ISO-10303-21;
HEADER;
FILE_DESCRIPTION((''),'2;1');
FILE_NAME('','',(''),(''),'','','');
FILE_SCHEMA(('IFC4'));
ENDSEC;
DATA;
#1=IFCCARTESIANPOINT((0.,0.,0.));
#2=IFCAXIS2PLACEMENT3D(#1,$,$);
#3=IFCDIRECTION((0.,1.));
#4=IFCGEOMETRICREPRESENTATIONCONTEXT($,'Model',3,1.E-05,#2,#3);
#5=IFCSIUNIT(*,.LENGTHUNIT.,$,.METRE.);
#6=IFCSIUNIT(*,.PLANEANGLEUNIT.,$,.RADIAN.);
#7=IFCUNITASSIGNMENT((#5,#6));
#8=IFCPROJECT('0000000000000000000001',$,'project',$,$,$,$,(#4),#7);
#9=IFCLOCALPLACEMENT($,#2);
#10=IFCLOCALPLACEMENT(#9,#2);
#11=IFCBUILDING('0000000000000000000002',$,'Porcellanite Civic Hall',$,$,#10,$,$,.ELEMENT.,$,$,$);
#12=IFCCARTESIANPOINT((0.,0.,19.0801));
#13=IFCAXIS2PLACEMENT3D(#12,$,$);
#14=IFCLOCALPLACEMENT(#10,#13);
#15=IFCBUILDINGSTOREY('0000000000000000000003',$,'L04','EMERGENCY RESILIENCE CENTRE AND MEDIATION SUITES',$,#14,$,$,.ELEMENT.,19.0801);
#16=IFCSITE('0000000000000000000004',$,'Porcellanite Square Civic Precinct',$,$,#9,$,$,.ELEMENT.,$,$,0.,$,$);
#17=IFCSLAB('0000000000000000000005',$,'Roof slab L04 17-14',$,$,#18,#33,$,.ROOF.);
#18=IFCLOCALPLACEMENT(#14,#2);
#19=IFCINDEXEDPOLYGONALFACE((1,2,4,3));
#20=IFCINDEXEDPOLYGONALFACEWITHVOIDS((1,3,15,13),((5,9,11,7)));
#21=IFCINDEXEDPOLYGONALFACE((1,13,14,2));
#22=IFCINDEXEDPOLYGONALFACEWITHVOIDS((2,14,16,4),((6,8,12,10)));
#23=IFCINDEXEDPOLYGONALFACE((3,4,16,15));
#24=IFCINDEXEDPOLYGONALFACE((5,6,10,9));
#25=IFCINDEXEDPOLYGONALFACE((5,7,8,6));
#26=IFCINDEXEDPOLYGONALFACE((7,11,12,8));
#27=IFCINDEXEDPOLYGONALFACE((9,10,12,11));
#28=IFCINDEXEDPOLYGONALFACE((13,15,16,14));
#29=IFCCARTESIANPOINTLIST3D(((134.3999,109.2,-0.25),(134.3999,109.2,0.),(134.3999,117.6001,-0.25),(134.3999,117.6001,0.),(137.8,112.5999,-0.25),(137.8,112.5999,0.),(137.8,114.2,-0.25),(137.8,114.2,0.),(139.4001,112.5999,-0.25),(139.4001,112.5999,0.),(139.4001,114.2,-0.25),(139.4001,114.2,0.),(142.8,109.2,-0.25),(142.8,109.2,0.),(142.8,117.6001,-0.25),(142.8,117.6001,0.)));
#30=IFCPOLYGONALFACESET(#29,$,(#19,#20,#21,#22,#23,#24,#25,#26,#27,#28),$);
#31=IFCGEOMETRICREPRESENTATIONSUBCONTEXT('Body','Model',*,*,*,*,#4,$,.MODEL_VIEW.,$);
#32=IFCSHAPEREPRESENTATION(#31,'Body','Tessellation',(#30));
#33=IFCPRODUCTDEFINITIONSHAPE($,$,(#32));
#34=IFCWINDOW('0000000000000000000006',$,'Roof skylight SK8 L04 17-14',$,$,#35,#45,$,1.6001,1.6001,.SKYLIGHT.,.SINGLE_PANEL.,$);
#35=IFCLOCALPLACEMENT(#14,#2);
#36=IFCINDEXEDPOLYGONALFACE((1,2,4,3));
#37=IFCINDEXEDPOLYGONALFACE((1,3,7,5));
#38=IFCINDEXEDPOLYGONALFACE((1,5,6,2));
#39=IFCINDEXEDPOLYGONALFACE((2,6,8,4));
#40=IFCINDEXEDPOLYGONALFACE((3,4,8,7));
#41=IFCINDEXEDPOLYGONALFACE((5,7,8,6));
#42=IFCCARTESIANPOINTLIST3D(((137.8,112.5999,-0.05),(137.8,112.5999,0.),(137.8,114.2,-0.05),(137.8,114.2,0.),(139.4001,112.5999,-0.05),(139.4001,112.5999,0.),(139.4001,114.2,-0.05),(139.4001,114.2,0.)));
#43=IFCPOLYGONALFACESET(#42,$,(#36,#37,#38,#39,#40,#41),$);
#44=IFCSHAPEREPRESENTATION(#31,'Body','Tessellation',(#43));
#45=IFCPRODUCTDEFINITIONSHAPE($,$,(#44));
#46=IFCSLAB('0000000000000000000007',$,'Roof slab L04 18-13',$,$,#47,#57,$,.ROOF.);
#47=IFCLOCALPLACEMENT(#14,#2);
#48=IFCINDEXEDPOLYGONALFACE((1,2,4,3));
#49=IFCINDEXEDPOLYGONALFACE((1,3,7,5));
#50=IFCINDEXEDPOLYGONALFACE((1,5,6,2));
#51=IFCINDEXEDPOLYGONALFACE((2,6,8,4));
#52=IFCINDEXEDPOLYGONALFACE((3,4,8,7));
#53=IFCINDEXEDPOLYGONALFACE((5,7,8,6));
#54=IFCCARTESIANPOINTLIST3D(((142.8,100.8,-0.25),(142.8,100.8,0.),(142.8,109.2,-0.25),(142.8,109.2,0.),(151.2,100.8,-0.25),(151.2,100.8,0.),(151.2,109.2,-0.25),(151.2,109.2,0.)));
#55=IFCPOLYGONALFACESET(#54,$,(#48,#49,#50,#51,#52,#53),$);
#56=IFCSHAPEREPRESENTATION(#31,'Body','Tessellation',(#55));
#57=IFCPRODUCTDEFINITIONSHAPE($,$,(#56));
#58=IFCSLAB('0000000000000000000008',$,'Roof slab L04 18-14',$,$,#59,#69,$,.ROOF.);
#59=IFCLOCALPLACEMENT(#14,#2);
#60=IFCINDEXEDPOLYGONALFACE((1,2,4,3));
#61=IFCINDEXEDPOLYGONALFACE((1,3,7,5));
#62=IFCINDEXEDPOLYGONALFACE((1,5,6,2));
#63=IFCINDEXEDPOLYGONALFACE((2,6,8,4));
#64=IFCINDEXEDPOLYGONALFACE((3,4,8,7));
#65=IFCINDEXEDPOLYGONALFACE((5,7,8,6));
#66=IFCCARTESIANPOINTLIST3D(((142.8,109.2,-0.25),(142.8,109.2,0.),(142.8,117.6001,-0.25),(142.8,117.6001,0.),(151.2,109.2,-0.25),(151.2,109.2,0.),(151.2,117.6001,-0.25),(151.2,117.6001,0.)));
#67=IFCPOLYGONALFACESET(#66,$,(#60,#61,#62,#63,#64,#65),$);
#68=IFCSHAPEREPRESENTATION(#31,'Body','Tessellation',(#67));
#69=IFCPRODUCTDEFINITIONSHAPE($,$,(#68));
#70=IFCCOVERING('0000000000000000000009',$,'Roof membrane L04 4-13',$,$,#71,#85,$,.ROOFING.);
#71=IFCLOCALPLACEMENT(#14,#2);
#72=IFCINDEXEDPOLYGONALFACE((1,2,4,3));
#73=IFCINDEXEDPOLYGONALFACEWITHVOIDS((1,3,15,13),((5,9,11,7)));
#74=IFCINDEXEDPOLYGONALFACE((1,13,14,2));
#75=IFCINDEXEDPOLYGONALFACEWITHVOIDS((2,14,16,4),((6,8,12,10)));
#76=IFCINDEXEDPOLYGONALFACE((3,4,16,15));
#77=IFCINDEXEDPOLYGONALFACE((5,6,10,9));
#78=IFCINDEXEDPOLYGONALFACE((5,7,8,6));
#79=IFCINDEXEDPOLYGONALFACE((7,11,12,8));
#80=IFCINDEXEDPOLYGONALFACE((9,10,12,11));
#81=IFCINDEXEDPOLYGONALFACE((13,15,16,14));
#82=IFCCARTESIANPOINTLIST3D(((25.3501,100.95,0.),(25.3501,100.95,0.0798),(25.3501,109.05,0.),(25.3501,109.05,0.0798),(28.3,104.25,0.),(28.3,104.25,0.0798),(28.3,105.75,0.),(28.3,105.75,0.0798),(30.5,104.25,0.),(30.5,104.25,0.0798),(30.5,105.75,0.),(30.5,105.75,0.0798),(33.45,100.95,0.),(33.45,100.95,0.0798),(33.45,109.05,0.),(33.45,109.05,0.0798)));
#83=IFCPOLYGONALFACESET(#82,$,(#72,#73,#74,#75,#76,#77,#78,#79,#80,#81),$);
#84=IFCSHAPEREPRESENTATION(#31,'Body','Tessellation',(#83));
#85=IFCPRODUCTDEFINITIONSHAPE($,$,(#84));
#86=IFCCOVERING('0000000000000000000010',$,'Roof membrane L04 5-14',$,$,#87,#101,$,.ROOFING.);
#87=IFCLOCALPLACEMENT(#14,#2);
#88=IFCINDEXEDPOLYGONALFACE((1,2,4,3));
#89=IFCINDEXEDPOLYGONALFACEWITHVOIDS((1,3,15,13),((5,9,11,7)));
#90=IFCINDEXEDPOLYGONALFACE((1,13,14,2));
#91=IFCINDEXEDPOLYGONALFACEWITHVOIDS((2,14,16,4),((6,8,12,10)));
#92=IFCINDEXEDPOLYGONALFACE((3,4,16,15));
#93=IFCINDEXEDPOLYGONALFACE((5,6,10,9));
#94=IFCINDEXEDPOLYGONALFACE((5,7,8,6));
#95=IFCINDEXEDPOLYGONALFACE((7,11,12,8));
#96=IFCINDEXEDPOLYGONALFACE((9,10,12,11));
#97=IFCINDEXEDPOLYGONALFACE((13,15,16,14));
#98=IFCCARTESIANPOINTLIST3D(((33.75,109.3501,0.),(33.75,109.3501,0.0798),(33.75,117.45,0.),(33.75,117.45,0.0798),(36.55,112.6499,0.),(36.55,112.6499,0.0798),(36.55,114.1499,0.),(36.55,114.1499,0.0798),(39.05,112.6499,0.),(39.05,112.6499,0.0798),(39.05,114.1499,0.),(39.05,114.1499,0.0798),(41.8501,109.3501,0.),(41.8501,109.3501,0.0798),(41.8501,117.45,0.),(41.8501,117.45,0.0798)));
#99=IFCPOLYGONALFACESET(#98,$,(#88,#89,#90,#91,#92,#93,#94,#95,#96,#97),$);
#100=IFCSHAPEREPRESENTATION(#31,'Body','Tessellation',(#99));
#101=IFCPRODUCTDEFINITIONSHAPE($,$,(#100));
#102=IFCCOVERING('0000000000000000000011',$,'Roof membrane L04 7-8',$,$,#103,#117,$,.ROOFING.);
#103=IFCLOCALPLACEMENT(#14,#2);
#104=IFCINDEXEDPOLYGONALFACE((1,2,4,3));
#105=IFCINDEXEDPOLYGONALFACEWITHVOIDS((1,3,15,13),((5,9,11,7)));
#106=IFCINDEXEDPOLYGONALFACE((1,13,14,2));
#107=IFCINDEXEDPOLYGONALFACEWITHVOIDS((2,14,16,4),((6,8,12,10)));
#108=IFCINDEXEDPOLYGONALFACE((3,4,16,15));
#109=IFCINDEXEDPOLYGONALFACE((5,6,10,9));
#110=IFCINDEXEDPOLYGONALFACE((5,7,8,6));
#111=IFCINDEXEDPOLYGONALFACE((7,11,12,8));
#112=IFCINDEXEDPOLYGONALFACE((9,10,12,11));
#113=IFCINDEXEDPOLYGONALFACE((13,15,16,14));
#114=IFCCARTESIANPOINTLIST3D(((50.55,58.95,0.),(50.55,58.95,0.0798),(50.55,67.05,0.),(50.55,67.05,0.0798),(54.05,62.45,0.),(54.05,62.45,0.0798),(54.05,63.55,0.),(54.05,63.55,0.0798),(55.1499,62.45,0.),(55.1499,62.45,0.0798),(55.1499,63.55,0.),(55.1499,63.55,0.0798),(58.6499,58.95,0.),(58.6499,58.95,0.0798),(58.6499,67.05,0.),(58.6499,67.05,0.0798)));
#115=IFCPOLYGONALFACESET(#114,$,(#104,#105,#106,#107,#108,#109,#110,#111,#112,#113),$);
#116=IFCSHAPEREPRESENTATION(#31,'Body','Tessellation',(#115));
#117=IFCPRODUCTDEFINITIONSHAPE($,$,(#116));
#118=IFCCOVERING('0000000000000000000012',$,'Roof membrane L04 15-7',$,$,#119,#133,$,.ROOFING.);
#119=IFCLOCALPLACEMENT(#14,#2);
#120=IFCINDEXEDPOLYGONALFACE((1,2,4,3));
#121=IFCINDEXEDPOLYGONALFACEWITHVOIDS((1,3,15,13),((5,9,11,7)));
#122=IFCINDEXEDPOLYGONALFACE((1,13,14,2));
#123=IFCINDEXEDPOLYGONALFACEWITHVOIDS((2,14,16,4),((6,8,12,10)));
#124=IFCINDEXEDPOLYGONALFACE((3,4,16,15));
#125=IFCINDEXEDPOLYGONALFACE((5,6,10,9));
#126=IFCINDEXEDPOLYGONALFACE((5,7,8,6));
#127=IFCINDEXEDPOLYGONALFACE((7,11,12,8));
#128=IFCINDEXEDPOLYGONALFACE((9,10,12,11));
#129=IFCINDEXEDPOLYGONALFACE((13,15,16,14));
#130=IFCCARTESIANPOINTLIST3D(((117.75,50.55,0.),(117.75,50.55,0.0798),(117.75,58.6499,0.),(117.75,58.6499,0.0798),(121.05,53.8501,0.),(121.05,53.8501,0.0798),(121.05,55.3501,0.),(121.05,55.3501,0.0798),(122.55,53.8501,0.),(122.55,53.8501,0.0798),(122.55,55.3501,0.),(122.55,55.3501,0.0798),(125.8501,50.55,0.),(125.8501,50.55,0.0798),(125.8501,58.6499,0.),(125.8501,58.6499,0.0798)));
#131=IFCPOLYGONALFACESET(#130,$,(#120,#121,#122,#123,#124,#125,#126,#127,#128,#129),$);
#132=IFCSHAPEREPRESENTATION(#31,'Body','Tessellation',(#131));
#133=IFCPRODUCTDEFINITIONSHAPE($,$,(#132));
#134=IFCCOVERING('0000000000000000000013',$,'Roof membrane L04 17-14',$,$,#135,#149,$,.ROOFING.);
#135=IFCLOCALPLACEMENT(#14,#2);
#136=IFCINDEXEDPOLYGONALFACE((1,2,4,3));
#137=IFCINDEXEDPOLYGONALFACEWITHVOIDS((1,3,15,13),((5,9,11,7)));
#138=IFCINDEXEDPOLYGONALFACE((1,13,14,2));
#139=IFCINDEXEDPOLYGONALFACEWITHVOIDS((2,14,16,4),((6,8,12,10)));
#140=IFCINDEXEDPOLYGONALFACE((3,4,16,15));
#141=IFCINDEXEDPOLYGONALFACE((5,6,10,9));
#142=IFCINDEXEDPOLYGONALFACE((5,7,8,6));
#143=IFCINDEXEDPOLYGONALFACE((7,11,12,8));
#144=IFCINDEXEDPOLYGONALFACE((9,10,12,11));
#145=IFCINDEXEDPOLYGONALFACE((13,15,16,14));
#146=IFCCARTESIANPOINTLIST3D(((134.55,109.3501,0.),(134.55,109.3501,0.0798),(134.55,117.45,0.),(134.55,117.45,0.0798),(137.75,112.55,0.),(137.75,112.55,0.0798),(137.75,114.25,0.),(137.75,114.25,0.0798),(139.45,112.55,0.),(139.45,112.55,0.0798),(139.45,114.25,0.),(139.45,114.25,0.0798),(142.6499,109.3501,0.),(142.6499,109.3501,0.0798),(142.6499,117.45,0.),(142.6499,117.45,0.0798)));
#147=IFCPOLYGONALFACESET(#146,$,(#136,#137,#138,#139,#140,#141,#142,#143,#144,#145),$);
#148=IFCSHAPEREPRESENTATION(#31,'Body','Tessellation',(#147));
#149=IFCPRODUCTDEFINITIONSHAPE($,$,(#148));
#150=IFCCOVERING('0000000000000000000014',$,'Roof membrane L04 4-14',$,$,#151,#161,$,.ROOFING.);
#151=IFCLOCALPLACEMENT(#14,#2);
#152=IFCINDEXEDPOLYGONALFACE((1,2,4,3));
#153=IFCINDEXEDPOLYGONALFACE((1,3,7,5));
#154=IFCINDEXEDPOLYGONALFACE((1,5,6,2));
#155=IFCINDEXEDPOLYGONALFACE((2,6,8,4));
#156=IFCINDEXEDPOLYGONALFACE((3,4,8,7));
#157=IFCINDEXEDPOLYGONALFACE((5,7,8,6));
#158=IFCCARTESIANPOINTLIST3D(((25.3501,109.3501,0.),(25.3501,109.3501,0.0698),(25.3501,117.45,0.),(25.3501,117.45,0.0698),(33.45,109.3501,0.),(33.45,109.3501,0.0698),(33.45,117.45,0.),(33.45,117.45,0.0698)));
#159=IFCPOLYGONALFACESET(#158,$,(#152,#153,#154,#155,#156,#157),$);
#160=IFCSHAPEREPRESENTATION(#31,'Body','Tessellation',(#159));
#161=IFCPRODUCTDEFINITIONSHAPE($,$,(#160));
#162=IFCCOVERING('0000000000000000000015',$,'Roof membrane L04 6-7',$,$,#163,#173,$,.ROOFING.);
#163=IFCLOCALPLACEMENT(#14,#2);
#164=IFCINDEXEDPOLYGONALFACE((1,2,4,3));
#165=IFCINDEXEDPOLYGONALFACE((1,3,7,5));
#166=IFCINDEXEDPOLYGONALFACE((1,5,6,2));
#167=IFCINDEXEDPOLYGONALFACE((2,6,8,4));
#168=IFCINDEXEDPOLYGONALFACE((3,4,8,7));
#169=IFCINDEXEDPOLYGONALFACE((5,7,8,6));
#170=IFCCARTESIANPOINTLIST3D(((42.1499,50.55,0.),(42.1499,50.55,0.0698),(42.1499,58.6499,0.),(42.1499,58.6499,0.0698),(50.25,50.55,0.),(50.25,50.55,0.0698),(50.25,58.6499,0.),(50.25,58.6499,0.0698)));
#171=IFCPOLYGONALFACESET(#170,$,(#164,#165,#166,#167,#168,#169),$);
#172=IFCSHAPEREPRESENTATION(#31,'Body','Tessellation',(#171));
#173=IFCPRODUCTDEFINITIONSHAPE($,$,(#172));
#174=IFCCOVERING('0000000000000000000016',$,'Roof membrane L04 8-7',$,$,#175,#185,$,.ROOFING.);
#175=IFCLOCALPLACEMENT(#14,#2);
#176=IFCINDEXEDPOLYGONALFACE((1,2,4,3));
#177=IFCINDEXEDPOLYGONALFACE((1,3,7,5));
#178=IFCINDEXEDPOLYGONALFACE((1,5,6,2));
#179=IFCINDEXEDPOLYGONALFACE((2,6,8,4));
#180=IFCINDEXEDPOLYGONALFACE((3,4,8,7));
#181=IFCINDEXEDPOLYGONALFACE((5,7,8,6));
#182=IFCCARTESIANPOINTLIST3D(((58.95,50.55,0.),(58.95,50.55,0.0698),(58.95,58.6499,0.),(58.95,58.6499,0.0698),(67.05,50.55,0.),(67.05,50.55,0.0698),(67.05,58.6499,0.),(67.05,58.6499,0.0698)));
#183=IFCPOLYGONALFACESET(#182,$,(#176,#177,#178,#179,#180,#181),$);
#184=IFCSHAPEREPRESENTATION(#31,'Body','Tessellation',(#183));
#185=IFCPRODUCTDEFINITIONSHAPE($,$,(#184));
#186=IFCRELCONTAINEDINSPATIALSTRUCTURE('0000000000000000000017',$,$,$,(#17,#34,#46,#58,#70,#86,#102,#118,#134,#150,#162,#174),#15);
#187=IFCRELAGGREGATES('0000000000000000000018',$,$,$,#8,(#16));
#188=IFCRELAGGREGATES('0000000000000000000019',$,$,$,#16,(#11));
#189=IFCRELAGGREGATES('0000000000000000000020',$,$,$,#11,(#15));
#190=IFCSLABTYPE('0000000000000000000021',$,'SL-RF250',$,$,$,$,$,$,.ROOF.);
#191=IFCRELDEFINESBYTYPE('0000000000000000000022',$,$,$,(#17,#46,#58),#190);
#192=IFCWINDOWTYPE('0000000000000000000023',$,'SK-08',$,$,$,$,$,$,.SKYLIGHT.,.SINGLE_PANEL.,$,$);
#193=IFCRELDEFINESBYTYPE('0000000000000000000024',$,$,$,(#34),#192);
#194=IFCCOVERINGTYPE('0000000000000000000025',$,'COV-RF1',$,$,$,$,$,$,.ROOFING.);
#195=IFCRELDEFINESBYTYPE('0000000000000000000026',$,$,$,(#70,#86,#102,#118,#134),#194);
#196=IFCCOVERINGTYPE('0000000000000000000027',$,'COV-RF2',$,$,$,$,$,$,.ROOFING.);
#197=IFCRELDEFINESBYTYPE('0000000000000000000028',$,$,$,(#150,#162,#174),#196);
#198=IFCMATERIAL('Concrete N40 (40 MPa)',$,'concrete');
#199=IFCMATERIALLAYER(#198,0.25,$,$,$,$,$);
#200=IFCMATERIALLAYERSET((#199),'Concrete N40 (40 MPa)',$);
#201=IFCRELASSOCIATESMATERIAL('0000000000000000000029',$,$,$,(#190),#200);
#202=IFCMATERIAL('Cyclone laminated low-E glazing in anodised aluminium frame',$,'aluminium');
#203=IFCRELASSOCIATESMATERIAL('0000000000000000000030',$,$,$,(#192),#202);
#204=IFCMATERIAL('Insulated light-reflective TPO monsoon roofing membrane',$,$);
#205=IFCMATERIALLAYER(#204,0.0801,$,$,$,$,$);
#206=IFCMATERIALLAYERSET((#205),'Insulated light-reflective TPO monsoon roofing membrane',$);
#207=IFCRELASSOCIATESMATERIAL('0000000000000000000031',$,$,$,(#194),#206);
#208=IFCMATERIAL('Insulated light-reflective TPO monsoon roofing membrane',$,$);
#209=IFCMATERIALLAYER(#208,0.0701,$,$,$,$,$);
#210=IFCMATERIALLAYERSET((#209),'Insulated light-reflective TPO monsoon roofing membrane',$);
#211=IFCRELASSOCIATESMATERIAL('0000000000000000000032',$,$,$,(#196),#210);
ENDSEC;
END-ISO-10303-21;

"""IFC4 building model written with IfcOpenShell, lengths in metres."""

from ifc_helpers import new_model, si_unit, direction, frame, origin, origin_2d, place, context, subcontext, project, spatial, polyline, rectangle, outline, extrude, material, layer, layer_set, type_object, element, fill, save


model = new_model("IFC4")

# Units and contexts
model_context = context("Model", 3, precision=1e-05, world=origin(), true_north=direction((0.0, 1.0)))
body_context = subcontext(model_context, "Body", "Model", "MODEL_VIEW")
ifc_project = project(units=[si_unit("LENGTHUNIT", "METRE"), si_unit("PLANEANGLEUNIT", "RADIAN")], contexts=[model_context])

# Site, building, storey
site_placement = place(None, origin())
site = spatial("IfcSite", under=ifc_project, at=site_placement, Name="Porcellanite Square Civic Precinct", CompositionType="ELEMENT", RefElevation=0.0)
building_placement = place(site_placement, origin())
building = spatial("IfcBuilding", under=site, at=building_placement, Name="Porcellanite Civic Hall", CompositionType="ELEMENT")
storey_placement = place(building_placement, frame((0.0, 0.0, 19.0801)))
storey = spatial("IfcBuildingStorey", under=building, at=storey_placement, Name="L04", Description="EMERGENCY RESILIENCE CENTRE AND MEDIATION SUITES", CompositionType="ELEMENT", Elevation=19.0801)

# Shared definitions
ifc_material_1 = material(Name="Concrete N40 (40 MPa)", Category="concrete")
ifc_layer_1 = layer(ifc_material_1, 0.25)
ifc_layer_set_1 = layer_set([ifc_layer_1], Name="Concrete N40 (40 MPa)")
slab_type_1 = type_object("IfcSlabType", Name="SL-RF250", PredefinedType="ROOF", material=ifc_layer_set_1)

# Slab, opening, window
slab_1_placement = place(storey_placement, frame((0.0, 0.0, -0.25)))
slab_1 = element("IfcSlab", 1, at=slab_1_placement, inside=storey, type_object=slab_type_1, Name="Roof slab L04 17-14", PredefinedType="ROOF", context=body_context, shape_type="SweptSolid", body=[
    extrude(outline(polyline([(134.3999, 109.2), (142.8, 109.2), (142.8, 117.6001), (134.3999, 117.6001), (134.3999, 109.2)])), origin(), (0.0, 0.0, 1.0), 0.25),
])
opening_1_placement = place(slab_1_placement, frame((138.6001, 113.3999, 0.0)))
opening_1 = element("IfcOpeningElement", 2, at=opening_1_placement, cuts=slab_1, PredefinedType="OPENING", context=body_context, shape_type="SweptSolid", body=[
    extrude(rectangle(XDim=1.6001, YDim=1.6001, at=origin_2d()), origin(), (0.0, 0.0, 1.0), 0.25),
])
ifc_material_2 = material(Name="Cyclone laminated low-E glazing in anodised aluminium frame", Category="aluminium")
window_type_1 = type_object("IfcWindowType", Name="SK-08", PartitioningType="SINGLE_PANEL", PredefinedType="SKYLIGHT", material=ifc_material_2)
window_1_placement = place(opening_1_placement, frame((0.0, 0.0, 0.2)))
window_1 = element("IfcWindow", 3, at=window_1_placement, inside=storey, type_object=window_type_1, Name="Roof skylight SK8 L04 17-14", OverallHeight=1.6001, OverallWidth=1.6001, PartitioningType="SINGLE_PANEL", PredefinedType="SKYLIGHT", context=body_context, shape_type="SweptSolid", body=[
    extrude(rectangle(XDim=1.6001, YDim=1.6001, at=origin_2d()), origin(), (0.0, 0.0, 1.0), 0.05),
])
fill(opening_1, window_1)

# Slabs
slab_2_placement = place(storey_placement, frame((0.0, 0.0, -0.25)))
element("IfcSlab", 4, at=slab_2_placement, inside=storey, type_object=slab_type_1, Name="Roof slab L04 18-13", PredefinedType="ROOF", context=body_context, shape_type="SweptSolid", body=[
    extrude(outline(polyline([(142.8, 100.8), (151.2, 100.8), (151.2, 109.2), (142.8, 109.2), (142.8, 100.8)])), origin(), (0.0, 0.0, 1.0), 0.25),
])
slab_3_placement = place(storey_placement, frame((0.0, 0.0, -0.25)))
element("IfcSlab", 5, at=slab_3_placement, inside=storey, type_object=slab_type_1, Name="Roof slab L04 18-14", PredefinedType="ROOF", context=body_context, shape_type="SweptSolid", body=[
    extrude(outline(polyline([(142.8, 109.2), (151.2, 109.2), (151.2, 117.6001), (142.8, 117.6001), (142.8, 109.2)])), origin(), (0.0, 0.0, 1.0), 0.25),
])

# Coverings
ifc_material_3 = material(Name="Insulated light-reflective TPO monsoon roofing membrane")
ifc_layer_2 = layer(ifc_material_3, 0.0801)
ifc_layer_set_2 = layer_set([ifc_layer_2], Name="Insulated light-reflective TPO monsoon roofing membrane")
covering_type_1 = type_object("IfcCoveringType", Name="COV-RF1", PredefinedType="ROOFING", material=ifc_layer_set_2)
covering_1_placement = place(storey_placement, origin())
element("IfcCovering", 6, at=covering_1_placement, inside=storey, type_object=covering_type_1, Name="Roof membrane L04 4-13", PredefinedType="ROOFING", context=body_context, shape_type="SweptSolid", body=[
    extrude(outline(polyline([(25.3501, 100.95), (33.45, 100.95), (33.45, 109.05), (25.3501, 109.05), (25.3501, 100.95)]), holes=[polyline([(28.3, 104.25), (30.5, 104.25), (30.5, 105.75), (28.3, 105.75), (28.3, 104.25)])]), origin(), (0.0, 0.0, 1.0), 0.0798),
])
covering_2_placement = place(storey_placement, origin())
element("IfcCovering", 7, at=covering_2_placement, inside=storey, type_object=covering_type_1, Name="Roof membrane L04 5-14", PredefinedType="ROOFING", context=body_context, shape_type="SweptSolid", body=[
    extrude(outline(polyline([(33.75, 109.3501), (41.8501, 109.3501), (41.8501, 117.45), (33.75, 117.45), (33.75, 109.3501)]), holes=[polyline([(36.55, 112.6499), (39.05, 112.6499), (39.05, 114.1499), (36.55, 114.1499), (36.55, 112.6499)])]), origin(), (0.0, 0.0, 1.0), 0.0798),
])
covering_3_placement = place(storey_placement, origin())
element("IfcCovering", 8, at=covering_3_placement, inside=storey, type_object=covering_type_1, Name="Roof membrane L04 7-8", PredefinedType="ROOFING", context=body_context, shape_type="SweptSolid", body=[
    extrude(outline(polyline([(50.55, 58.95), (58.6499, 58.95), (58.6499, 67.05), (50.55, 67.05), (50.55, 58.95)]), holes=[polyline([(54.05, 62.45), (55.1499, 62.45), (55.1499, 63.55), (54.05, 63.55), (54.05, 62.45)])]), origin(), (0.0, 0.0, 1.0), 0.0798),
])
covering_4_placement = place(storey_placement, origin())
element("IfcCovering", 9, at=covering_4_placement, inside=storey, type_object=covering_type_1, Name="Roof membrane L04 15-7", PredefinedType="ROOFING", context=body_context, shape_type="SweptSolid", body=[
    extrude(outline(polyline([(117.75, 50.55), (125.8501, 50.55), (125.8501, 58.6499), (117.75, 58.6499), (117.75, 50.55)]), holes=[polyline([(121.05, 53.8501), (122.55, 53.8501), (122.55, 55.3501), (121.05, 55.3501), (121.05, 53.8501)])]), origin(), (0.0, 0.0, 1.0), 0.0798),
])
covering_5_placement = place(storey_placement, origin())
element("IfcCovering", 10, at=covering_5_placement, inside=storey, type_object=covering_type_1, Name="Roof membrane L04 17-14", PredefinedType="ROOFING", context=body_context, shape_type="SweptSolid", body=[
    extrude(outline(polyline([(134.55, 109.3501), (142.6499, 109.3501), (142.6499, 117.45), (134.55, 117.45), (134.55, 109.3501)]), holes=[polyline([(137.75, 112.55), (139.45, 112.55), (139.45, 114.25), (137.75, 114.25), (137.75, 112.55)])]), origin(), (0.0, 0.0, 1.0), 0.0798),
])
ifc_material_4 = material(Name="Insulated light-reflective TPO monsoon roofing membrane")
ifc_layer_3 = layer(ifc_material_4, 0.0701)
ifc_layer_set_3 = layer_set([ifc_layer_3], Name="Insulated light-reflective TPO monsoon roofing membrane")
covering_type_2 = type_object("IfcCoveringType", Name="COV-RF2", PredefinedType="ROOFING", material=ifc_layer_set_3)
covering_6_placement = place(storey_placement, origin())
element("IfcCovering", 11, at=covering_6_placement, inside=storey, type_object=covering_type_2, Name="Roof membrane L04 4-14", PredefinedType="ROOFING", context=body_context, shape_type="SweptSolid", body=[
    extrude(outline(polyline([(25.3501, 109.3501), (33.45, 109.3501), (33.45, 117.45), (25.3501, 117.45), (25.3501, 109.3501)])), origin(), (0.0, 0.0, 1.0), 0.0698),
])
covering_7_placement = place(storey_placement, origin())
element("IfcCovering", 12, at=covering_7_placement, inside=storey, type_object=covering_type_2, Name="Roof membrane L04 6-7", PredefinedType="ROOFING", context=body_context, shape_type="SweptSolid", body=[
    extrude(outline(polyline([(42.1499, 50.55), (50.25, 50.55), (50.25, 58.6499), (42.1499, 58.6499), (42.1499, 50.55)])), origin(), (0.0, 0.0, 1.0), 0.0698),
])
covering_8_placement = place(storey_placement, origin())
element("IfcCovering", 13, at=covering_8_placement, inside=storey, type_object=covering_type_2, Name="Roof membrane L04 8-7", PredefinedType="ROOFING", context=body_context, shape_type="SweptSolid", body=[
    extrude(outline(polyline([(58.95, 50.55), (67.05, 50.55), (67.05, 58.6499), (58.95, 58.6499), (58.95, 50.55)])), origin(), (0.0, 0.0, 1.0), 0.0698),
])

save(model, "model.ifc")
